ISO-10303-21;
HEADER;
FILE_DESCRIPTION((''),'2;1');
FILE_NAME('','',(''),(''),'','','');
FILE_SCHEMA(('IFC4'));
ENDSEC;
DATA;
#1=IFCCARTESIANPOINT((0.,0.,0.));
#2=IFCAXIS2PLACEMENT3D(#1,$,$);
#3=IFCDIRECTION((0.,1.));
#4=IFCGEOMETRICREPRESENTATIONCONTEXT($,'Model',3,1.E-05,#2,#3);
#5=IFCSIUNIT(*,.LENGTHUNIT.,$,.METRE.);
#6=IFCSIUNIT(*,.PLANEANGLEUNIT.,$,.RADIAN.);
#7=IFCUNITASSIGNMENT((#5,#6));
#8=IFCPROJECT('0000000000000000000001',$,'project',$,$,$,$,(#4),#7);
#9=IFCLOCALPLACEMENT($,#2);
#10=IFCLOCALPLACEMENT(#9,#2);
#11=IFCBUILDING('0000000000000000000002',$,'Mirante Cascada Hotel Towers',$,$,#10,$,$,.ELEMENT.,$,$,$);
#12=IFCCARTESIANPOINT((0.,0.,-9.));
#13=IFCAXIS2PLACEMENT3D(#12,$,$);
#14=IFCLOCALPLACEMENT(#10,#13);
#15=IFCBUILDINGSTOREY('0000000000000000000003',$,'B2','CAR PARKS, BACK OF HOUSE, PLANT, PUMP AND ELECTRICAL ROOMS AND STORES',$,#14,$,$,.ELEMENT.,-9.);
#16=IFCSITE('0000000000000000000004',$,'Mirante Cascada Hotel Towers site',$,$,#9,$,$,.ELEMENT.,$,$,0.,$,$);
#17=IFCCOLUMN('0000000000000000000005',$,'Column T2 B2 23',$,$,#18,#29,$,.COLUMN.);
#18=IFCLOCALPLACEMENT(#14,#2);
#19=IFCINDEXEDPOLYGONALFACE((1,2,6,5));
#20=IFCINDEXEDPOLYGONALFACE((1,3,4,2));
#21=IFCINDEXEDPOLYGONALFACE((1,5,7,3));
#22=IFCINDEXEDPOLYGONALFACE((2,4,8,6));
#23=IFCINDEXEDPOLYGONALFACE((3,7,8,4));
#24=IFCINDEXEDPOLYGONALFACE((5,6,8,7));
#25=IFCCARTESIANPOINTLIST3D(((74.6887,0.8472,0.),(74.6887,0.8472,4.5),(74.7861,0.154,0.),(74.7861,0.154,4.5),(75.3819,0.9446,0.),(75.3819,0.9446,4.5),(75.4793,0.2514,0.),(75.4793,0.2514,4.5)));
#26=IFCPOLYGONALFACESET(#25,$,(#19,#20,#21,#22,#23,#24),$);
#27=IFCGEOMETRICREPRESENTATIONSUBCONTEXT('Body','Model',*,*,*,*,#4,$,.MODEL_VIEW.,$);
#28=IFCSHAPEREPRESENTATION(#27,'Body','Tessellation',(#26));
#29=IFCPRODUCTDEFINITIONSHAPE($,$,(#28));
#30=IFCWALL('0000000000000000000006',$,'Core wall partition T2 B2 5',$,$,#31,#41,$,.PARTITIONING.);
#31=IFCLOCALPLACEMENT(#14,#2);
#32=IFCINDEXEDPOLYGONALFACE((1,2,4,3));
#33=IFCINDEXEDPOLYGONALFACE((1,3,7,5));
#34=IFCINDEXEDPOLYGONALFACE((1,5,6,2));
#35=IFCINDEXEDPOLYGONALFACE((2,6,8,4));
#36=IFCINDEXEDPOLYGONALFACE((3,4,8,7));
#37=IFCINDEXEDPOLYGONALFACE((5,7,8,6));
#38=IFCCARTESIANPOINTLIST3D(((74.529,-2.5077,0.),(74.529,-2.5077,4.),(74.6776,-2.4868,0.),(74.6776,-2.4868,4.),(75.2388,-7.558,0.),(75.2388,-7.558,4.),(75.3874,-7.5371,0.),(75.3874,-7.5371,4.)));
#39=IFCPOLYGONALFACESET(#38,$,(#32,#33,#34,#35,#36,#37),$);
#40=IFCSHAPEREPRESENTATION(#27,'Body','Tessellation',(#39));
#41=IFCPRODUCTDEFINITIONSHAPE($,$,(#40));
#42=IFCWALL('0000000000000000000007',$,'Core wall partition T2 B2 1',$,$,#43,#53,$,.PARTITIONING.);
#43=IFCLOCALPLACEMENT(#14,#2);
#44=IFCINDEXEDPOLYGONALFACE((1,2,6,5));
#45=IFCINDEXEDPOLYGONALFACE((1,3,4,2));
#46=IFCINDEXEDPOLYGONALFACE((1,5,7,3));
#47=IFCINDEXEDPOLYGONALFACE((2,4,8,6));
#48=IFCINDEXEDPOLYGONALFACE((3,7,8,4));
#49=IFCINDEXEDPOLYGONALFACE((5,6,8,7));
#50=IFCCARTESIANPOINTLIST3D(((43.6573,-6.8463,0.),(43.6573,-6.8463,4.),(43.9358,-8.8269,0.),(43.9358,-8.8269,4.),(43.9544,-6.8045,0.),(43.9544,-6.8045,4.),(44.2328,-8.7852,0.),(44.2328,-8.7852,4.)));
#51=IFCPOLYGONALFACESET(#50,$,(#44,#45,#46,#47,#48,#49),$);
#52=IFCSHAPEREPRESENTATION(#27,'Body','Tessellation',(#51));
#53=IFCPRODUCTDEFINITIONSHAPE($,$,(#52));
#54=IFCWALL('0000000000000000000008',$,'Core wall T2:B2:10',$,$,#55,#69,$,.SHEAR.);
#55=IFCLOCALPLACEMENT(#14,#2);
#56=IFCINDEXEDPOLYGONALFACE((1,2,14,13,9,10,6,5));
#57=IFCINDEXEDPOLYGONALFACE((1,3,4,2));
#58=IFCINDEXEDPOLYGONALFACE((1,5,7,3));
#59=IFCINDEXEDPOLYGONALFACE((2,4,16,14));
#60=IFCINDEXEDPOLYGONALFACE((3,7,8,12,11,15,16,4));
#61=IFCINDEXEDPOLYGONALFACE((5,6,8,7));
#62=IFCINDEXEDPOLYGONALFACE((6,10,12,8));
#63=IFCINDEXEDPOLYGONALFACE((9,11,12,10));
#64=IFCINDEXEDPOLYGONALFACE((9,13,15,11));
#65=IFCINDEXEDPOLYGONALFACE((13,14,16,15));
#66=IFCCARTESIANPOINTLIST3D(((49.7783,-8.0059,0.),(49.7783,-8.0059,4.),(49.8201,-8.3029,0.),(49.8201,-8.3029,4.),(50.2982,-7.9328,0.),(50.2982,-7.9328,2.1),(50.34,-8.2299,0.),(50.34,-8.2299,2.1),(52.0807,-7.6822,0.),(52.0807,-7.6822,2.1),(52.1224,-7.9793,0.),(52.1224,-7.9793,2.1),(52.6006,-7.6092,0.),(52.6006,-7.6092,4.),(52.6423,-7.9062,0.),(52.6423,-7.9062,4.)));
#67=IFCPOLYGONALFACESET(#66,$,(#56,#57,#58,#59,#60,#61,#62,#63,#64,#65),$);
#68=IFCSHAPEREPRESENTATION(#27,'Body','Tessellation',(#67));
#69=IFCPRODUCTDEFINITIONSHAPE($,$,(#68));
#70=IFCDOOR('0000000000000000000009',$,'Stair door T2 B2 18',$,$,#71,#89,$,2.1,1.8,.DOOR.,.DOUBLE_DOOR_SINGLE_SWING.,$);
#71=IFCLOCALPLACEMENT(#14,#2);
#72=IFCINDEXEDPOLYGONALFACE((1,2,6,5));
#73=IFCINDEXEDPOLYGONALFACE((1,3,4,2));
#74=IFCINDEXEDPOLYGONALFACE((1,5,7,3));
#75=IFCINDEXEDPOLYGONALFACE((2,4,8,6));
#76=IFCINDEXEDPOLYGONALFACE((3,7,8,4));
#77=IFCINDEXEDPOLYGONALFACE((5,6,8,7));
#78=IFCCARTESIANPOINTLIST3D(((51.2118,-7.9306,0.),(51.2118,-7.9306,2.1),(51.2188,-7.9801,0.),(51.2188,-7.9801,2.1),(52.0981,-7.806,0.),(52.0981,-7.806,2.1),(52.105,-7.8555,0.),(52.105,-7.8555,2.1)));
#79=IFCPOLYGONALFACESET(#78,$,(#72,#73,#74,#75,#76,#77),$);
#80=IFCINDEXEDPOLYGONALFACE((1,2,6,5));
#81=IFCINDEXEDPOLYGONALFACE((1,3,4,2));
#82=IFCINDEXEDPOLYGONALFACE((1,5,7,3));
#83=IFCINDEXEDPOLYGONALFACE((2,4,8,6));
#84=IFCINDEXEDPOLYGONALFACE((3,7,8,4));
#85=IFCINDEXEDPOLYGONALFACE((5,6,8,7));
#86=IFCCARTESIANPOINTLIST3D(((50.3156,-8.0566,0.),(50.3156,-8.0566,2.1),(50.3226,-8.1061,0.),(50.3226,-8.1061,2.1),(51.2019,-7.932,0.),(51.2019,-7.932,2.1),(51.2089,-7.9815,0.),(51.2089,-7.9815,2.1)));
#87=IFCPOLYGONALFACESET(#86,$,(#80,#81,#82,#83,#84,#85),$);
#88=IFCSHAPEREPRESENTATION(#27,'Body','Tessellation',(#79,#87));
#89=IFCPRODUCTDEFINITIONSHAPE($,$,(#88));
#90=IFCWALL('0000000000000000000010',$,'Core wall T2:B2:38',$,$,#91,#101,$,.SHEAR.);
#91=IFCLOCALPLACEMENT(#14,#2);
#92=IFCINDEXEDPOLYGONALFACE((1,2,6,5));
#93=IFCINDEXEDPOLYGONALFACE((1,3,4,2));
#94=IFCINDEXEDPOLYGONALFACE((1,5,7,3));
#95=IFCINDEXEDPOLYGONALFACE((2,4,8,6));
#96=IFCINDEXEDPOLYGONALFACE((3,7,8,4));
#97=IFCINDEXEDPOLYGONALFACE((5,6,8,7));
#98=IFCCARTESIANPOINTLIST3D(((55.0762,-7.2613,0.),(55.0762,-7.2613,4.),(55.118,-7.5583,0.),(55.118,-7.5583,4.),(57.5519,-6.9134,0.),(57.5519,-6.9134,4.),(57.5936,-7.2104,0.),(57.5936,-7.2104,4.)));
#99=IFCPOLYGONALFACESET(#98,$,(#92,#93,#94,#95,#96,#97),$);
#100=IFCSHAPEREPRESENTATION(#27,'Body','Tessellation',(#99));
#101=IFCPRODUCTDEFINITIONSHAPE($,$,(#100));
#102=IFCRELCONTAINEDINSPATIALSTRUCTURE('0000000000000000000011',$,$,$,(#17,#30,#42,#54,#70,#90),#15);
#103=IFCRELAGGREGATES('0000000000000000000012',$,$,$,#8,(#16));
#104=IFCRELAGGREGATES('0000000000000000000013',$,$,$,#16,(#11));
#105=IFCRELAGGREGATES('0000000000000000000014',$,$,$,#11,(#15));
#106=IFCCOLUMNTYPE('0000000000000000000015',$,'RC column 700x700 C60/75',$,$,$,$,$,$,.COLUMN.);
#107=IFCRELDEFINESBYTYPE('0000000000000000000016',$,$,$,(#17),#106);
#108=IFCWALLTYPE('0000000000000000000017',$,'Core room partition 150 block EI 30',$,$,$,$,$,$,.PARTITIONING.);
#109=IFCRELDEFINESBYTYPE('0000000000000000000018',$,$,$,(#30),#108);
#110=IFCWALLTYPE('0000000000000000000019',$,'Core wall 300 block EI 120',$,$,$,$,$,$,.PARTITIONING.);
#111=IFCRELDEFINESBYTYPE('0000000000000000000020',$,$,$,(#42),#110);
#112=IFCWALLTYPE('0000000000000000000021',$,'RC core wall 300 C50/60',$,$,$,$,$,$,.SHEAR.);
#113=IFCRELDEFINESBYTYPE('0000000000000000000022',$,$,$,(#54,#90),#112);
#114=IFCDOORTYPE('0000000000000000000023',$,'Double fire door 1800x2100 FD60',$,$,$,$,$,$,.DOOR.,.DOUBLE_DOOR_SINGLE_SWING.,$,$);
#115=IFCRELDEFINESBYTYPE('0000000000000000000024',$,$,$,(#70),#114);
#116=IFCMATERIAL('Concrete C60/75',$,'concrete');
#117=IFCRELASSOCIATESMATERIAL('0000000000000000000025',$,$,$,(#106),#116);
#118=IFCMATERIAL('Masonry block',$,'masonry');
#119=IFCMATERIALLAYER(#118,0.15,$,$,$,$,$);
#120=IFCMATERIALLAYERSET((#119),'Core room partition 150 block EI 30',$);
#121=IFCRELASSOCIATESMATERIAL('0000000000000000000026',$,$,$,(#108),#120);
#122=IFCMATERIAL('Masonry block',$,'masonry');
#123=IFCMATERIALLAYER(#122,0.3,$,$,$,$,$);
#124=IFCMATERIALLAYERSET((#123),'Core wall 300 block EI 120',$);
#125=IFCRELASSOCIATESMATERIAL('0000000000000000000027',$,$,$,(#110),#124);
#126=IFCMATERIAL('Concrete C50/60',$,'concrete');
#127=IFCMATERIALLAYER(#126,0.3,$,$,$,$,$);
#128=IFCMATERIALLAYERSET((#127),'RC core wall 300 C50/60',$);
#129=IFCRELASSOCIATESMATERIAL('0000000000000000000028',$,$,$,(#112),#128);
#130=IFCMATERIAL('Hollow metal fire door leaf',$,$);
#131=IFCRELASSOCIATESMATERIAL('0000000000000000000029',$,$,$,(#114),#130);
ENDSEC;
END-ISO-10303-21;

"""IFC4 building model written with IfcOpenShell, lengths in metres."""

from ifc_helpers import new_model, si_unit, direction, frame, frame_2d, origin, origin_2d, place, context, subcontext, project, spatial, rectangle, extrude, material, layer, layer_set, material_profile, profile_set, type_object, element, fill, save


model = new_model("IFC4")

# Units and contexts
model_context = context("Model", 3, precision=1e-05, world=origin(), true_north=direction((0.0, 1.0)))
body_context = subcontext(model_context, "Body", "Model", "MODEL_VIEW")
ifc_project = project(units=[si_unit("LENGTHUNIT", "METRE"), si_unit("PLANEANGLEUNIT", "RADIAN")], contexts=[model_context])

# Site, building, storey
site_placement = place(None, origin())
site = spatial("IfcSite", under=ifc_project, at=site_placement, Name="Mirante Cascada Hotel Towers site", CompositionType="ELEMENT", RefElevation=0.0)
building_placement = place(site_placement, origin())
building = spatial("IfcBuilding", under=site, at=building_placement, Name="Mirante Cascada Hotel Towers", CompositionType="ELEMENT")
storey_placement = place(building_placement, frame((0.0, 0.0, -9.0)))
storey = spatial("IfcBuildingStorey", under=building, at=storey_placement, Name="B2", Description="CAR PARKS, BACK OF HOUSE, PLANT, PUMP AND ELECTRICAL ROOMS AND STORES", CompositionType="ELEMENT", Elevation=-9.0)

# Column
ifc_material_1 = material(Name="Concrete C60/75", Category="concrete")
ifc_material_profile_1 = material_profile(ifc_material_1, rectangle(XDim=0.7, YDim=0.7, at=origin_2d()), Name="RC column 700x700 C60/75")
ifc_profile_set_1 = profile_set([ifc_material_profile_1], Name="Concrete C60/75")
column_type = type_object("IfcColumnType", Name="RC column 700x700 C60/75", PredefinedType="COLUMN", material=ifc_profile_set_1)
for number, where, z_axis, x_axis, name in (
    (1, (75.084, 0.5493, 0.0), (0.0, 0.0, 1.0), (0.990268, 0.139173, 0.0), "Column T2 B2 23"),
):
    element("IfcColumn", number, at=place(storey_placement, frame(where, z_axis=z_axis, x_axis=x_axis)), inside=storey, type_object=column_type, Name=name, PredefinedType="COLUMN", context=body_context, shape_type="SweptSolid", body=[
        extrude(rectangle(XDim=0.7, YDim=0.7, at=origin_2d()), origin(), (0.0, 0.0, 1.0), 4.5),
    ])

# Walls
ifc_material_2 = material(Name="Masonry block", Category="masonry")
ifc_layer_1 = layer(ifc_material_2, 0.15)
ifc_layer_set_1 = layer_set([ifc_layer_1], Name="Core room partition 150 block EI 30")
wall_type_1 = type_object("IfcWallType", Name="Core room partition 150 block EI 30", PredefinedType="PARTITIONING", material=ifc_layer_set_1)
wall_1_placement = place(storey_placement, frame((75.3131, -7.5476, 0.0), z_axis=(0.0, 0.0, 1.0), x_axis=(-0.139178, 0.990267, 0.0)))
element("IfcWall", 2, at=wall_1_placement, inside=storey, type_object=wall_type_1, Name="Core wall partition T2 B2 5", PredefinedType="PARTITIONING", context=body_context, shape_type="SweptSolid", body=[
    extrude(rectangle(XDim=5.0999, YDim=0.15, at=frame_2d((2.55, 0.0))), origin(), (0.0, 0.0, 1.0), 4.0),
])
ifc_material_3 = material(Name="Masonry block", Category="masonry")
ifc_layer_2 = layer(ifc_material_3, 0.3)
ifc_layer_set_2 = layer_set([ifc_layer_2], Name="Core wall 300 block EI 120")
wall_type_2 = type_object("IfcWallType", Name="Core wall 300 block EI 120", PredefinedType="PARTITIONING", material=ifc_layer_set_2)
wall_2_placement = place(storey_placement, frame((44.0843, -8.8061, 0.0), z_axis=(0.0, 0.0, 1.0), x_axis=(-0.139195, 0.990265, 0.0)))
element("IfcWall", 3, at=wall_2_placement, inside=storey, type_object=wall_type_2, Name="Core wall partition T2 B2 1", PredefinedType="PARTITIONING", context=body_context, shape_type="SweptSolid", body=[
    extrude(rectangle(XDim=2.0001, YDim=0.3, at=frame_2d((1.0001, 0.0))), origin(), (0.0, 0.0, 1.0), 4.0),
])

# Wall, opening, door
ifc_material_4 = material(Name="Concrete C50/60", Category="concrete")
ifc_layer_3 = layer(ifc_material_4, 0.3)
ifc_layer_set_3 = layer_set([ifc_layer_3], Name="RC core wall 300 C50/60")
wall_type_3 = type_object("IfcWallType", Name="RC core wall 300 C50/60", PredefinedType="SHEAR", material=ifc_layer_set_3)
wall_3_placement = place(storey_placement, frame((49.7992, -8.1544, 0.0), z_axis=(0.0, 0.0, 1.0), x_axis=(0.990266, 0.139191, 0.0)))
wall_3 = element("IfcWall", 4, at=wall_3_placement, inside=storey, type_object=wall_type_3, Name="Core wall T2:B2:10", PredefinedType="SHEAR", context=body_context, shape_type="SweptSolid", body=[
    extrude(rectangle(XDim=2.85, YDim=0.3, at=frame_2d((1.425, 0.0))), origin(), (0.0, 0.0, 1.0), 4.0),
])
opening_placement = place(wall_3_placement, frame((0.525, 0.0, 0.0)))
opening = element("IfcOpeningElement", 5, at=opening_placement, cuts=wall_3, PredefinedType="OPENING", context=body_context, shape_type="SweptSolid", body=[
    extrude(rectangle(XDim=1.8, YDim=2.1, at=frame_2d((0.9, 1.05))), frame((0.0, 0.15, 0.0), z_axis=(0.0, -1.0, 0.0), x_axis=(1.0, 0.0, 0.0)), (0.0, 0.0, 1.0), 0.3),
])
ifc_material_5 = material(Name="Hollow metal fire door leaf")
door_type = type_object("IfcDoorType", Name="Double fire door 1800x2100 FD60", OperationType="DOUBLE_DOOR_SINGLE_SWING", PredefinedType="DOOR", material=ifc_material_5)
door_placement = place(opening_placement, frame((1.8, 0.0, 0.0), z_axis=(0.0, 0.0, 1.0), x_axis=(-1.0, 0.0, 0.0)))
door = element("IfcDoor", 6, at=door_placement, inside=storey, type_object=door_type, Name="Stair door T2 B2 18", OperationType="DOUBLE_DOOR_SINGLE_SWING", OverallHeight=2.1, OverallWidth=1.8, PredefinedType="DOOR", context=body_context, shape_type="SweptSolid", body=[
    extrude(rectangle(XDim=0.895, YDim=2.1, at=frame_2d((0.4475, 1.05))), frame((0.0, 0.025, 0.0), z_axis=(0.0, -1.0, 0.0), x_axis=(1.0, 0.0, 0.0)), (0.0, 0.0, 1.0), 0.05),
    extrude(rectangle(XDim=0.895, YDim=2.1, at=frame_2d((1.3525, 1.05))), frame((0.0, 0.025, 0.0), z_axis=(0.0, -1.0, 0.0), x_axis=(1.0, 0.0, 0.0)), (0.0, 0.0, 1.0), 0.05),
])
fill(opening, door)

# Wall
wall_4_placement = place(storey_placement, frame((55.0971, -7.4098, 0.0), z_axis=(0.0, 0.0, 1.0), x_axis=(0.99027, 0.139159, 0.0)))
element("IfcWall", 7, at=wall_4_placement, inside=storey, type_object=wall_type_3, Name="Core wall T2:B2:38", PredefinedType="SHEAR", context=body_context, shape_type="SweptSolid", body=[
    extrude(rectangle(XDim=2.5, YDim=0.3, at=frame_2d((1.25, 0.0))), origin(), (0.0, 0.0, 1.0), 4.0),
])

save(model, "model.ifc")
